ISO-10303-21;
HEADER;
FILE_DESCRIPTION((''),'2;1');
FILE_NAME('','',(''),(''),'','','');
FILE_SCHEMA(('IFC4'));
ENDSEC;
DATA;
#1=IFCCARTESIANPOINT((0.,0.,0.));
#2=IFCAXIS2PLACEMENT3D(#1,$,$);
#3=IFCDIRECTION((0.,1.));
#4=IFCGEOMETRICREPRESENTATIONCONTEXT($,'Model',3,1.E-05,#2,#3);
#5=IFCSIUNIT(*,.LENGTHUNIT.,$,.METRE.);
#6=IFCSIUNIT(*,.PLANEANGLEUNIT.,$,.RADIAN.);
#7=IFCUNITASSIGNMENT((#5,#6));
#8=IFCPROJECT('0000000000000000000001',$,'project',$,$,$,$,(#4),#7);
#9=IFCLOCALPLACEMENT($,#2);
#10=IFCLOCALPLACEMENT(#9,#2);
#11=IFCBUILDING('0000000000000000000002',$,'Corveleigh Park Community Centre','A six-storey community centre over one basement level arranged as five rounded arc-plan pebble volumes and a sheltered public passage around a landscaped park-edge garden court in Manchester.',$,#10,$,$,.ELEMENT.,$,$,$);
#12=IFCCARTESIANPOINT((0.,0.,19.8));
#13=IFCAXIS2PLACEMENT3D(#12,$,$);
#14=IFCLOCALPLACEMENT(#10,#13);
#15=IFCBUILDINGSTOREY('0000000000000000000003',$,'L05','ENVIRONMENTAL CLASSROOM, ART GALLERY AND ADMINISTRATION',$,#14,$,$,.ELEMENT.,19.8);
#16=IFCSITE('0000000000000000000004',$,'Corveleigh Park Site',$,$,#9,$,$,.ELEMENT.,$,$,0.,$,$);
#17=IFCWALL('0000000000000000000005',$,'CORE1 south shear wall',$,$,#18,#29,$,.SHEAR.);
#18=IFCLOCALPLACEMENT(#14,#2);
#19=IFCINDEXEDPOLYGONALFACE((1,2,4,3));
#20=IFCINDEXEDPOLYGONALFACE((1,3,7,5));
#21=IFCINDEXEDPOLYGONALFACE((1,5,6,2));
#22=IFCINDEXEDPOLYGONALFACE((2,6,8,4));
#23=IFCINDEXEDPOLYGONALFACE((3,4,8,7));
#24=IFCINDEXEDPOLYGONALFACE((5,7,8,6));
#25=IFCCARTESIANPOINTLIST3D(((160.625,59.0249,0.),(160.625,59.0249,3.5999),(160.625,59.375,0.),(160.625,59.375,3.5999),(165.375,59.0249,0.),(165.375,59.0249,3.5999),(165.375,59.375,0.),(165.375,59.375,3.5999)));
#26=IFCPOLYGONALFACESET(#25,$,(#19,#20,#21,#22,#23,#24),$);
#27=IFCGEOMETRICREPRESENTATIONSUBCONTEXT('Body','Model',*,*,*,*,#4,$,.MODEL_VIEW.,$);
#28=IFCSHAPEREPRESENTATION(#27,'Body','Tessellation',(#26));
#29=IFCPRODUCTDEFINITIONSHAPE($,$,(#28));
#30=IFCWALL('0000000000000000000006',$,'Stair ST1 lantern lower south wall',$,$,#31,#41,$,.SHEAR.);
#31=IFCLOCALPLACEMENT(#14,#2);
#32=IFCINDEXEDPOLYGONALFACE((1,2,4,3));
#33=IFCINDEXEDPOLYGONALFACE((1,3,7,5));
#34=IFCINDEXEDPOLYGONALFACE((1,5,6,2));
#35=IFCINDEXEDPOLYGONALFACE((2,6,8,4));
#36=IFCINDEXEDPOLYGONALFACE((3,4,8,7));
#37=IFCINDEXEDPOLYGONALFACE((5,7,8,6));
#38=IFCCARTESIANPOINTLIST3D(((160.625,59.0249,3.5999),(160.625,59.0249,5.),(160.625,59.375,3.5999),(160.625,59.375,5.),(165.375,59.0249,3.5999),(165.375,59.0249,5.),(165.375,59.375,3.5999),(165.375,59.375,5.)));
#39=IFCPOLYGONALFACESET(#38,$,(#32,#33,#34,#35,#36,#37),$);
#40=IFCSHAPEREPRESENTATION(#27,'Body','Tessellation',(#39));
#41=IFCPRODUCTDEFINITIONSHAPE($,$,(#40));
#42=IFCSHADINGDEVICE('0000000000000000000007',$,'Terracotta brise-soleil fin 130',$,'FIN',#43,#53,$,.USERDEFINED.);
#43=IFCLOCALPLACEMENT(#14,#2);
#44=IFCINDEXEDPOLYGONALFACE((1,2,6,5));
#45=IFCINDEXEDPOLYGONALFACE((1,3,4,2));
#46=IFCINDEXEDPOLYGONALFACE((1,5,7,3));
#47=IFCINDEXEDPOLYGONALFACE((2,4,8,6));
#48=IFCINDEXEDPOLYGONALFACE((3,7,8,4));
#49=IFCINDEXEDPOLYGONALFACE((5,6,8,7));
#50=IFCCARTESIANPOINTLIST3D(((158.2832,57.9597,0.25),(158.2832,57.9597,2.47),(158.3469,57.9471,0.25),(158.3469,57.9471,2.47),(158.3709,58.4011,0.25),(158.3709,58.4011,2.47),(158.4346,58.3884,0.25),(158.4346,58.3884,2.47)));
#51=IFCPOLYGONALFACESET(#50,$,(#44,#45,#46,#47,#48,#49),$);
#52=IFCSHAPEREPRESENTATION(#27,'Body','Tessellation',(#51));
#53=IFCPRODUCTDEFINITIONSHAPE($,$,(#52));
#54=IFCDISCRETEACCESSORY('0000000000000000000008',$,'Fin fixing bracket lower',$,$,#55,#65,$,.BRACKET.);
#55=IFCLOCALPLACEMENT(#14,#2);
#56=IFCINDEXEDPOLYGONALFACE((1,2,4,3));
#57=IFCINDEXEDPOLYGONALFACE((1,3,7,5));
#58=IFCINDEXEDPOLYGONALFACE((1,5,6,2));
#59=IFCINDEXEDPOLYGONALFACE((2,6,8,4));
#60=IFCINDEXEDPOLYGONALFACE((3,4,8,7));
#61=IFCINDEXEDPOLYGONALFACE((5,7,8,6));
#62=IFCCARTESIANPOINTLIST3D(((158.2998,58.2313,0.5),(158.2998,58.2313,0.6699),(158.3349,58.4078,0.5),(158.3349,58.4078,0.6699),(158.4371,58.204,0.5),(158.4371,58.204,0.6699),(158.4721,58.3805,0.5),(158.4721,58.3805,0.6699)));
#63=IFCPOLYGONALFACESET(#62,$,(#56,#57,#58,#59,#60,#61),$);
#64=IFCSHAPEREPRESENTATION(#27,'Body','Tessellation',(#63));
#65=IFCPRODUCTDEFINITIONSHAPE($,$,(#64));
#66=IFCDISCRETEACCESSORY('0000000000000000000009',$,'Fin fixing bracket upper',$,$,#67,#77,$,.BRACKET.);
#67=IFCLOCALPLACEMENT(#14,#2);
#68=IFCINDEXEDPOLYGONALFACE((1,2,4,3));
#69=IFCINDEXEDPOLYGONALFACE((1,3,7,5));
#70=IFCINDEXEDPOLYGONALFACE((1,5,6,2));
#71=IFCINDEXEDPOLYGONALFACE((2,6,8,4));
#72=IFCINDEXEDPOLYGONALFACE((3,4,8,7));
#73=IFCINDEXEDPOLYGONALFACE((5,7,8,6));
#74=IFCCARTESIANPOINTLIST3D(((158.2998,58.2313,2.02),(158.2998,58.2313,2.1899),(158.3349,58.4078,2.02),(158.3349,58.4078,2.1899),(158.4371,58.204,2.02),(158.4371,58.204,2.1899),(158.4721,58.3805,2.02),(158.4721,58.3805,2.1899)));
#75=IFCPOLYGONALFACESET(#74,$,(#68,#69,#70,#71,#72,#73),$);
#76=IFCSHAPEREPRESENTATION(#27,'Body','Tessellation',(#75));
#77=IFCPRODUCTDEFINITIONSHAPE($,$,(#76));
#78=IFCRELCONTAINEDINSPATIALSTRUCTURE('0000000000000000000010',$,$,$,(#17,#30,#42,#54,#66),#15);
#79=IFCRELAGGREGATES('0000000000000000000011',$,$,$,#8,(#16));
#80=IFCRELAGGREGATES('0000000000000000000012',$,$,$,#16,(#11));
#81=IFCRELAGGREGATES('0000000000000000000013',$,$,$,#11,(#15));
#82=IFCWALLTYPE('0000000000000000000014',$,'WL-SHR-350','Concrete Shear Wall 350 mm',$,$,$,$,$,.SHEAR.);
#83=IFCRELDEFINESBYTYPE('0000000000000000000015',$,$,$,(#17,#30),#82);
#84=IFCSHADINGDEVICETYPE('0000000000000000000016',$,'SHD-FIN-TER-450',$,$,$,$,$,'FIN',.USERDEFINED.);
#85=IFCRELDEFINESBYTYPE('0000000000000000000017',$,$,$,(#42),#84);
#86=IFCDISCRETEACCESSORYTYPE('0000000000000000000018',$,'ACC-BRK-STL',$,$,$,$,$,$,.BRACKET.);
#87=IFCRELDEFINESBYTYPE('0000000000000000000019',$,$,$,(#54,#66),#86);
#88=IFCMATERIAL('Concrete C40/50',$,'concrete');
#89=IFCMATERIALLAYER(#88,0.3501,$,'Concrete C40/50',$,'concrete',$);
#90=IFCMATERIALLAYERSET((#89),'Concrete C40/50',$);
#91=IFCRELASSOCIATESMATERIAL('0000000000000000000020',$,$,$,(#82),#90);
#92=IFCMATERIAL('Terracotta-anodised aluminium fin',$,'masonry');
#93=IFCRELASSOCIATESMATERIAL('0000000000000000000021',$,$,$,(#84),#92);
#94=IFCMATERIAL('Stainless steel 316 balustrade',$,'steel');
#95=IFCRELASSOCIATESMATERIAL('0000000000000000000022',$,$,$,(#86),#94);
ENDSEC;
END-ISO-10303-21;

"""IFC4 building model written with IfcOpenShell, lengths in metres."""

from ifc_helpers import new_model, si_unit, direction, frame, frame_2d, origin, origin_2d, place, context, subcontext, project, spatial, rectangle, extrude, material, layer, layer_set, type_object, element, save


model = new_model("IFC4")

# Units and contexts
model_context = context("Model", 3, precision=1e-05, world=origin(), true_north=direction((0.0, 1.0)))
body_context = subcontext(model_context, "Body", "Model", "MODEL_VIEW")
ifc_project = project(units=[si_unit("LENGTHUNIT", "METRE"), si_unit("PLANEANGLEUNIT", "RADIAN")], contexts=[model_context])

# Site, building, storey
site_placement = place(None, origin())
site = spatial("IfcSite", under=ifc_project, at=site_placement, Name="Corveleigh Park Site", CompositionType="ELEMENT", RefElevation=0.0)
building_placement = place(site_placement, origin())
building = spatial("IfcBuilding", under=site, at=building_placement, Name="Corveleigh Park Community Centre", Description="A six-storey community centre over one basement level arranged as five rounded arc-plan pebble volumes and a sheltered public passage around a landscaped park-edge garden court in Manchester.", CompositionType="ELEMENT")
storey_placement = place(building_placement, frame((0.0, 0.0, 19.8)))
storey = spatial("IfcBuildingStorey", under=building, at=storey_placement, Name="L05", Description="ENVIRONMENTAL CLASSROOM, ART GALLERY AND ADMINISTRATION", CompositionType="ELEMENT", Elevation=19.8)

# Shared definitions
ifc_material_1 = material(Name="Concrete C40/50", Category="concrete")

# Walls
ifc_layer_1 = layer(ifc_material_1, 0.3501, Name="Concrete C40/50", Category="concrete")
ifc_layer_set_1 = layer_set([ifc_layer_1], Name="Concrete C40/50")
wall_type_1 = type_object("IfcWallType", Name="WL-SHR-350", Description="Concrete Shear Wall 350 mm", PredefinedType="SHEAR", material=ifc_layer_set_1)
wall_1_placement = place(storey_placement, frame((160.625, 59.2, 0.0), z_axis=(0.0, 0.0, 1.0), x_axis=(1.0, 0.0, 0.0)))
element("IfcWall", 1, at=wall_1_placement, inside=storey, type_object=wall_type_1, Name="CORE1 south shear wall", PredefinedType="SHEAR", context=body_context, shape_type="SweptSolid", body=[
    extrude(rectangle(XDim=4.75, YDim=0.3501, at=frame_2d((2.375, 0.0))), origin(), (0.0, 0.0, 1.0), 3.5999),
])
wall_2_placement = place(storey_placement, frame((160.625, 59.2, 3.5999), z_axis=(0.0, 0.0, 1.0), x_axis=(1.0, 0.0, 0.0)))
element("IfcWall", 2, at=wall_2_placement, inside=storey, type_object=wall_type_1, Name="Stair ST1 lantern lower south wall", PredefinedType="SHEAR", context=body_context, shape_type="SweptSolid", body=[
    extrude(rectangle(XDim=4.75, YDim=0.3501, at=frame_2d((2.375, 0.0))), origin(), (0.0, 0.0, 1.0), 1.4001),
])

# Shared definitions
ifc_material_2 = material(Name="Stainless steel 316 balustrade", Category="steel")

# Shading device
ifc_material_3 = material(Name="Terracotta-anodised aluminium fin", Category="masonry")
shading_device_type = type_object("IfcShadingDeviceType", Name="SHD-FIN-TER-450", ElementType="FIN", PredefinedType="USERDEFINED", material=ifc_material_3)
shading_device_placement = place(storey_placement, frame((158.3589, 58.1741, 0.25), z_axis=(0.0, 0.0, 1.0), x_axis=(-0.194864, -0.98083, 0.0)))
element("IfcShadingDevice", 3, at=shading_device_placement, inside=storey, type_object=shading_device_type, Name="Terracotta brise-soleil fin 130", ObjectType="FIN", PredefinedType="USERDEFINED", context=body_context, shape_type="SweptSolid", body=[
    extrude(rectangle(XDim=0.45, YDim=0.0649, at=origin_2d()), origin(), (0.0, 0.0, 1.0), 2.22),
])

# Discrete accessories
discrete_accessory_type = type_object("IfcDiscreteAccessoryType", Name="ACC-BRK-STL", PredefinedType="BRACKET", material=ifc_material_2)
for number, where, z_axis, x_axis, name in (
    (4, (158.386, 58.3059, 0.5), (0.0, 0.0, 1.0), (-0.194864, -0.98083, 0.0), "Fin fixing bracket lower"),
    (5, (158.386, 58.3059, 2.02), (0.0, 0.0, 1.0), (-0.194864, -0.98083, 0.0), "Fin fixing bracket upper"),
):
    element("IfcDiscreteAccessory", number, at=place(storey_placement, frame(where, z_axis=z_axis, x_axis=x_axis)), inside=storey, type_object=discrete_accessory_type, Name=name, PredefinedType="BRACKET", context=body_context, shape_type="SweptSolid", body=[
        extrude(rectangle(XDim=0.1799, YDim=0.1399, at=origin_2d()), origin(), (0.0, 0.0, 1.0), 0.1699),
    ])

save(model, "model.ifc")
